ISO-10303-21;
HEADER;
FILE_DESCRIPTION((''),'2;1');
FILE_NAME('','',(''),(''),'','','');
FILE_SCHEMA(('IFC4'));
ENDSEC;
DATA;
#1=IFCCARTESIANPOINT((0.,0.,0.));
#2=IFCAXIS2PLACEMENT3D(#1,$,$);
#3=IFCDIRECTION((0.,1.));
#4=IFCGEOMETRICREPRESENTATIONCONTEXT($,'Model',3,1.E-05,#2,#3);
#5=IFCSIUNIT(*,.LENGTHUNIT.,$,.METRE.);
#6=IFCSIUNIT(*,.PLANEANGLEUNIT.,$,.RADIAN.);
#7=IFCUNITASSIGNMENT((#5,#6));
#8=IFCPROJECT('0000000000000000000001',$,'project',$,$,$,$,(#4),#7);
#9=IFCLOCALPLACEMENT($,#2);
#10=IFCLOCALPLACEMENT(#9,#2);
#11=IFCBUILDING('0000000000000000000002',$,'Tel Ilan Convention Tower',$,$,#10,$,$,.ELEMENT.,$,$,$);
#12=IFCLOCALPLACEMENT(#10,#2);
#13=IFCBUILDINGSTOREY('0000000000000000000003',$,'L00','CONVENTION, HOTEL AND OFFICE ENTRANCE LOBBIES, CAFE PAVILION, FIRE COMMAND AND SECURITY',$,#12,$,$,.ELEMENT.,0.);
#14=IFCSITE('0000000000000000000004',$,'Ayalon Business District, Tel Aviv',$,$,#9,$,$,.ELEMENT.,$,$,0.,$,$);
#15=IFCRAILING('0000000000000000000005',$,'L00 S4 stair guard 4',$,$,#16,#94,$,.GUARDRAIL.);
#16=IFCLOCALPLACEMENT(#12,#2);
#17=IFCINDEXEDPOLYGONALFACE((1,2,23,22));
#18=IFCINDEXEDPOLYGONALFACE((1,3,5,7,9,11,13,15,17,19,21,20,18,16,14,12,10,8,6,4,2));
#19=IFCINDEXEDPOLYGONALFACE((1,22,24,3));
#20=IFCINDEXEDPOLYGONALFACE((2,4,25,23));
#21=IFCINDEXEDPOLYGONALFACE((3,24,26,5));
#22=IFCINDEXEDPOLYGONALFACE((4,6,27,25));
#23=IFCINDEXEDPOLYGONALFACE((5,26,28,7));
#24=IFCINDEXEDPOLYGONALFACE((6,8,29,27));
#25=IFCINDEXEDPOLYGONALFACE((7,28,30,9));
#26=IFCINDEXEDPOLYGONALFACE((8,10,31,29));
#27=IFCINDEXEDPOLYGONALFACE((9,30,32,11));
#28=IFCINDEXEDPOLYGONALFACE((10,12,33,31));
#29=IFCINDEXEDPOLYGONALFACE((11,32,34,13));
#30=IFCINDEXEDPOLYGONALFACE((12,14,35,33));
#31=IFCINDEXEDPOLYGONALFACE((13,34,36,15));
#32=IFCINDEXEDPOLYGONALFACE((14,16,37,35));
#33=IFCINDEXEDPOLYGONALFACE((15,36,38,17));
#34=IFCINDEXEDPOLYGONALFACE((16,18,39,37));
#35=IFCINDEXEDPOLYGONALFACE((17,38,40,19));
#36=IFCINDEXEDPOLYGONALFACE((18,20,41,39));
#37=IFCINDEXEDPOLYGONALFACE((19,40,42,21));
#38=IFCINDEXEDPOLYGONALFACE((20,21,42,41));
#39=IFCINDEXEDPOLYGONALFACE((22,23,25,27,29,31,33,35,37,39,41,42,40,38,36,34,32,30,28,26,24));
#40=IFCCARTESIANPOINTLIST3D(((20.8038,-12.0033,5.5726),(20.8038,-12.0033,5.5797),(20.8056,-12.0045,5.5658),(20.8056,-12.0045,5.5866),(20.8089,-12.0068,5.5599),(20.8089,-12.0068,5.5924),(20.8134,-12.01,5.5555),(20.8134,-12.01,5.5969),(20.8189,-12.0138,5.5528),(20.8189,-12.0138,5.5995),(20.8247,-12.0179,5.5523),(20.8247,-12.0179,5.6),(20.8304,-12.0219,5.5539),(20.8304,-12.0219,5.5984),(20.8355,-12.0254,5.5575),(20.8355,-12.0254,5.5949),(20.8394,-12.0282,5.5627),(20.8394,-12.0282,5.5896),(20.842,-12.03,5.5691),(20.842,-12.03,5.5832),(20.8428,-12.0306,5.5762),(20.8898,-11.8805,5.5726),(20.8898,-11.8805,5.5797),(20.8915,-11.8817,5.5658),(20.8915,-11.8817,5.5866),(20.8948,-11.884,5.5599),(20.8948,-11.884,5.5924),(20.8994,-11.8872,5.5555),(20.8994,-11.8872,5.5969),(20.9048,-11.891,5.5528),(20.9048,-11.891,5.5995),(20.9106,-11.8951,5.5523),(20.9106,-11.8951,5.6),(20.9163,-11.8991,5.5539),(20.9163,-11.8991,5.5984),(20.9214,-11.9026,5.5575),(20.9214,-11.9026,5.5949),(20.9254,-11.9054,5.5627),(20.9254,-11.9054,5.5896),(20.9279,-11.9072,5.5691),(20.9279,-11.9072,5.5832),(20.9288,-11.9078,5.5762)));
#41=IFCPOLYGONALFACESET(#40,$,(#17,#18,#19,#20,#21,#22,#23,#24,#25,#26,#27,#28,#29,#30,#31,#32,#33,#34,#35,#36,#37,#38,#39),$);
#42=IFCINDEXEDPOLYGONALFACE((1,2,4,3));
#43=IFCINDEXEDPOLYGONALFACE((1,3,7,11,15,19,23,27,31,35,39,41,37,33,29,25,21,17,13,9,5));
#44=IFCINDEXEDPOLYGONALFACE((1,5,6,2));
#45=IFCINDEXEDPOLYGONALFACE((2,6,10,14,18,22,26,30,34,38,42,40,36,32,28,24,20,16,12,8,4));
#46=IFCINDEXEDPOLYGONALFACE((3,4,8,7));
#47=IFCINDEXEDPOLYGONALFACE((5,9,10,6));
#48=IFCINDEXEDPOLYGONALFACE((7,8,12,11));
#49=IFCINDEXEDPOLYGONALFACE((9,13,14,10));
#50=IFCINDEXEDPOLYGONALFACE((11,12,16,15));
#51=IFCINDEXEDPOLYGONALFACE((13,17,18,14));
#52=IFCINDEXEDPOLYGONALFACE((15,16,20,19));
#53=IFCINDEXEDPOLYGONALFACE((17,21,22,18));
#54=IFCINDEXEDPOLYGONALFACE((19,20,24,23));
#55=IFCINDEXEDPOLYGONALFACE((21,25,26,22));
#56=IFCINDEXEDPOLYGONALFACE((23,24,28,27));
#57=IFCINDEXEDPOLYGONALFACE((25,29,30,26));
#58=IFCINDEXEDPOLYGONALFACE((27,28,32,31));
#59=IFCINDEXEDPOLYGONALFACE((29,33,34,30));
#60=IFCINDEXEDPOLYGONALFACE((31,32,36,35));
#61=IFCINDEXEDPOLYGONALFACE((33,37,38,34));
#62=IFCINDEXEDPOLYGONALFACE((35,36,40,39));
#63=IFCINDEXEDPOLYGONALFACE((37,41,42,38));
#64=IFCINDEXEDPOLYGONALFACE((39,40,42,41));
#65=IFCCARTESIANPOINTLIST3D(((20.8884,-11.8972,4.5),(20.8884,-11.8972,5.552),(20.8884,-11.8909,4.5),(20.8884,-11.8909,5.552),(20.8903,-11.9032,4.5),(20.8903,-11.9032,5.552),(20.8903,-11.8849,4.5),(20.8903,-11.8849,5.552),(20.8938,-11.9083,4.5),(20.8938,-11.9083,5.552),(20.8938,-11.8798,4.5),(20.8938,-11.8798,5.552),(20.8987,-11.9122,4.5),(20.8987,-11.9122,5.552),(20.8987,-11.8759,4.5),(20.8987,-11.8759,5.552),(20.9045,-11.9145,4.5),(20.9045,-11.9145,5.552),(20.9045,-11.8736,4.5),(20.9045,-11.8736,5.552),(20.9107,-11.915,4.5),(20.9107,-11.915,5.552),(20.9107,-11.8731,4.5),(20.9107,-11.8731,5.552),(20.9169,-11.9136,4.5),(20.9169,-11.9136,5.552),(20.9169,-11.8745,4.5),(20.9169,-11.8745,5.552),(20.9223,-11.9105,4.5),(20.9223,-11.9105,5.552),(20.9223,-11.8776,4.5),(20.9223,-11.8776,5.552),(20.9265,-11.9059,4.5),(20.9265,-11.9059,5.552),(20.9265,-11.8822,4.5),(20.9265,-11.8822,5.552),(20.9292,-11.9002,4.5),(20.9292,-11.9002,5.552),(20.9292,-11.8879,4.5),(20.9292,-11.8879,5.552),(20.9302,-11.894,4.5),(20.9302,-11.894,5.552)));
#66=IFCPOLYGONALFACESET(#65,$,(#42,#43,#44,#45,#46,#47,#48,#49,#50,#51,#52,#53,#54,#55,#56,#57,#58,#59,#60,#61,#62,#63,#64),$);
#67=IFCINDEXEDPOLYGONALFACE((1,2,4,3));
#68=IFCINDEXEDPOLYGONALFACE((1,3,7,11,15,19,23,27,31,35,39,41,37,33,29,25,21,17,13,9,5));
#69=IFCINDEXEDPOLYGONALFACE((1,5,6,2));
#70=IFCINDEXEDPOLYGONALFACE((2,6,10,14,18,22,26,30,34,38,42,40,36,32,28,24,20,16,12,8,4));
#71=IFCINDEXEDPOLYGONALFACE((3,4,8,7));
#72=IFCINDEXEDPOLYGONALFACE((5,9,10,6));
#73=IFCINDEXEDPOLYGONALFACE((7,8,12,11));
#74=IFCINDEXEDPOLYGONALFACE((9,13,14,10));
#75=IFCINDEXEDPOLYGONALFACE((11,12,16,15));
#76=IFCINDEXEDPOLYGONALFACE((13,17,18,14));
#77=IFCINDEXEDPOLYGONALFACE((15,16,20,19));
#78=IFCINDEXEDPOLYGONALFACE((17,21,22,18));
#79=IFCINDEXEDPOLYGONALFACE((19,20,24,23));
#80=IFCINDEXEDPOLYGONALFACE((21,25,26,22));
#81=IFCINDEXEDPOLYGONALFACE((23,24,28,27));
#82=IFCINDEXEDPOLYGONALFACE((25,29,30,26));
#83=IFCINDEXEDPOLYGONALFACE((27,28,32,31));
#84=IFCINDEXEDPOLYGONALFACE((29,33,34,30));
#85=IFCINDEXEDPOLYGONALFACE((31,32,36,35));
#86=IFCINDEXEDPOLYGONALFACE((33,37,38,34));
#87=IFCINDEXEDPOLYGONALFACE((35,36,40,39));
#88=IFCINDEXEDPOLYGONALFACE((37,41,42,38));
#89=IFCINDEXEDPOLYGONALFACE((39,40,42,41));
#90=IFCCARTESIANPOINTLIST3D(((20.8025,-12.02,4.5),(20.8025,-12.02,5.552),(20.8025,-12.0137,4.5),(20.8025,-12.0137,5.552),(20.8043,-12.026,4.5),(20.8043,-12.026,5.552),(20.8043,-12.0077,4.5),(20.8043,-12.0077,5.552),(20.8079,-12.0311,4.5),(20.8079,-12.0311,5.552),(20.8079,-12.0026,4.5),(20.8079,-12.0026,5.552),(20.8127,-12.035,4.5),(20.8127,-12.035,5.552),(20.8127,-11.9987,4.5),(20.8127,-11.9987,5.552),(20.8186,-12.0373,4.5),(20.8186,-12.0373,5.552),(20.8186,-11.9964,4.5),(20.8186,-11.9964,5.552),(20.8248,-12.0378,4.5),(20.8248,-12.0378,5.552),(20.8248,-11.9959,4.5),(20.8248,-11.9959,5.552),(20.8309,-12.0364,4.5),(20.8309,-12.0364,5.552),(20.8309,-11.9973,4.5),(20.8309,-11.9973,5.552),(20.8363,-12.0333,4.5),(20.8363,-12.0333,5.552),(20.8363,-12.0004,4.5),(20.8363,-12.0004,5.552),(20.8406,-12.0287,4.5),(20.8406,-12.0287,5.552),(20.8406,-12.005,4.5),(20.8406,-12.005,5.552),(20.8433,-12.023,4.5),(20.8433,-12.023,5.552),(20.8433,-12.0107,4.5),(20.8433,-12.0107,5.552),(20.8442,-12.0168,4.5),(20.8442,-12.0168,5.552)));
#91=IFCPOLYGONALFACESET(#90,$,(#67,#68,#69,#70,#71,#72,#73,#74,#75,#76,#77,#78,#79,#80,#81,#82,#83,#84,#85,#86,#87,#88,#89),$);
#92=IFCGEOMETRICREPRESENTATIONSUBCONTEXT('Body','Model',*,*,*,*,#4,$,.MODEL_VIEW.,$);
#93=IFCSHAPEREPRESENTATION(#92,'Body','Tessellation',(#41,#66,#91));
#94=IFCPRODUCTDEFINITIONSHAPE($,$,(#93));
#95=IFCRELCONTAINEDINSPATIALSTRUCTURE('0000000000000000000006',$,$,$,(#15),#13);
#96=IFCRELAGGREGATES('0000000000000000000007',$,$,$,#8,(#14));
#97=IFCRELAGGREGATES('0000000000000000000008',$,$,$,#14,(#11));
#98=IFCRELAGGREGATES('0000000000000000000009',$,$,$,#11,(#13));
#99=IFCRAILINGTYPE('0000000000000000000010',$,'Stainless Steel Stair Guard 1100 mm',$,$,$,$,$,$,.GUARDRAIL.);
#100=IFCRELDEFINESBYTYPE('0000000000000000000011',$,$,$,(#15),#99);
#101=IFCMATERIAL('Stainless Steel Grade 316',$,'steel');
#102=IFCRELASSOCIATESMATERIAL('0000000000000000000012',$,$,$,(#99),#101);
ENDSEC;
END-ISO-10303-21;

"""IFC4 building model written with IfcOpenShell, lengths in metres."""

from ifc_helpers import new_model, si_unit, direction, frame, origin, origin_2d, place, context, subcontext, project, spatial, circle, extrude, material, type_object, element, save


model = new_model("IFC4")

# Units and contexts
model_context = context("Model", 3, precision=1e-05, world=origin(), true_north=direction((0.0, 1.0)))
body_context = subcontext(model_context, "Body", "Model", "MODEL_VIEW")
ifc_project = project(units=[si_unit("LENGTHUNIT", "METRE"), si_unit("PLANEANGLEUNIT", "RADIAN")], contexts=[model_context])

# Site, building, storey
site_placement = place(None, origin())
site = spatial("IfcSite", under=ifc_project, at=site_placement, Name="Ayalon Business District, Tel Aviv", CompositionType="ELEMENT", RefElevation=0.0)
building_placement = place(site_placement, origin())
building = spatial("IfcBuilding", under=site, at=building_placement, Name="Tel Ilan Convention Tower", CompositionType="ELEMENT")
storey_placement = place(building_placement, origin())
storey = spatial("IfcBuildingStorey", under=building, at=storey_placement, Name="L00", Description="CONVENTION, HOTEL AND OFFICE ENTRANCE LOBBIES, CAFE PAVILION, FIRE COMMAND AND SECURITY", CompositionType="ELEMENT", Elevation=0.0)

# Railing
ifc_material_1 = material(Name="Stainless Steel Grade 316", Category="steel")
railing_type_1 = type_object("IfcRailingType", Name="Stainless Steel Stair Guard 1100 mm", PredefinedType="GUARDRAIL", material=ifc_material_1)
railing_1_placement = place(storey_placement, frame((20.9092, -11.894, 4.5)))
element("IfcRailing", 1, at=railing_1_placement, inside=storey, type_object=railing_type_1, Name="L00 S4 stair guard 4", PredefinedType="GUARDRAIL", context=body_context, shape_type="SweptSolid", body=[
    extrude(circle(Radius=0.0239, at=origin_2d()), frame((0.0, 0.0, 1.0762), z_axis=(-0.573353, -0.819308, 0.0), x_axis=(0.819308, -0.573353, 0.0)), (0.0, 0.0, 1.0), 0.1499),
    extrude(circle(Radius=0.021, at=origin_2d()), origin(), (0.0, 0.0, 1.0), 1.052),
    extrude(circle(Radius=0.021, at=origin_2d()), frame((-0.0859, -0.1228, 0.0)), (0.0, 0.0, 1.0), 1.052),
])

save(model, "model.ifc")
